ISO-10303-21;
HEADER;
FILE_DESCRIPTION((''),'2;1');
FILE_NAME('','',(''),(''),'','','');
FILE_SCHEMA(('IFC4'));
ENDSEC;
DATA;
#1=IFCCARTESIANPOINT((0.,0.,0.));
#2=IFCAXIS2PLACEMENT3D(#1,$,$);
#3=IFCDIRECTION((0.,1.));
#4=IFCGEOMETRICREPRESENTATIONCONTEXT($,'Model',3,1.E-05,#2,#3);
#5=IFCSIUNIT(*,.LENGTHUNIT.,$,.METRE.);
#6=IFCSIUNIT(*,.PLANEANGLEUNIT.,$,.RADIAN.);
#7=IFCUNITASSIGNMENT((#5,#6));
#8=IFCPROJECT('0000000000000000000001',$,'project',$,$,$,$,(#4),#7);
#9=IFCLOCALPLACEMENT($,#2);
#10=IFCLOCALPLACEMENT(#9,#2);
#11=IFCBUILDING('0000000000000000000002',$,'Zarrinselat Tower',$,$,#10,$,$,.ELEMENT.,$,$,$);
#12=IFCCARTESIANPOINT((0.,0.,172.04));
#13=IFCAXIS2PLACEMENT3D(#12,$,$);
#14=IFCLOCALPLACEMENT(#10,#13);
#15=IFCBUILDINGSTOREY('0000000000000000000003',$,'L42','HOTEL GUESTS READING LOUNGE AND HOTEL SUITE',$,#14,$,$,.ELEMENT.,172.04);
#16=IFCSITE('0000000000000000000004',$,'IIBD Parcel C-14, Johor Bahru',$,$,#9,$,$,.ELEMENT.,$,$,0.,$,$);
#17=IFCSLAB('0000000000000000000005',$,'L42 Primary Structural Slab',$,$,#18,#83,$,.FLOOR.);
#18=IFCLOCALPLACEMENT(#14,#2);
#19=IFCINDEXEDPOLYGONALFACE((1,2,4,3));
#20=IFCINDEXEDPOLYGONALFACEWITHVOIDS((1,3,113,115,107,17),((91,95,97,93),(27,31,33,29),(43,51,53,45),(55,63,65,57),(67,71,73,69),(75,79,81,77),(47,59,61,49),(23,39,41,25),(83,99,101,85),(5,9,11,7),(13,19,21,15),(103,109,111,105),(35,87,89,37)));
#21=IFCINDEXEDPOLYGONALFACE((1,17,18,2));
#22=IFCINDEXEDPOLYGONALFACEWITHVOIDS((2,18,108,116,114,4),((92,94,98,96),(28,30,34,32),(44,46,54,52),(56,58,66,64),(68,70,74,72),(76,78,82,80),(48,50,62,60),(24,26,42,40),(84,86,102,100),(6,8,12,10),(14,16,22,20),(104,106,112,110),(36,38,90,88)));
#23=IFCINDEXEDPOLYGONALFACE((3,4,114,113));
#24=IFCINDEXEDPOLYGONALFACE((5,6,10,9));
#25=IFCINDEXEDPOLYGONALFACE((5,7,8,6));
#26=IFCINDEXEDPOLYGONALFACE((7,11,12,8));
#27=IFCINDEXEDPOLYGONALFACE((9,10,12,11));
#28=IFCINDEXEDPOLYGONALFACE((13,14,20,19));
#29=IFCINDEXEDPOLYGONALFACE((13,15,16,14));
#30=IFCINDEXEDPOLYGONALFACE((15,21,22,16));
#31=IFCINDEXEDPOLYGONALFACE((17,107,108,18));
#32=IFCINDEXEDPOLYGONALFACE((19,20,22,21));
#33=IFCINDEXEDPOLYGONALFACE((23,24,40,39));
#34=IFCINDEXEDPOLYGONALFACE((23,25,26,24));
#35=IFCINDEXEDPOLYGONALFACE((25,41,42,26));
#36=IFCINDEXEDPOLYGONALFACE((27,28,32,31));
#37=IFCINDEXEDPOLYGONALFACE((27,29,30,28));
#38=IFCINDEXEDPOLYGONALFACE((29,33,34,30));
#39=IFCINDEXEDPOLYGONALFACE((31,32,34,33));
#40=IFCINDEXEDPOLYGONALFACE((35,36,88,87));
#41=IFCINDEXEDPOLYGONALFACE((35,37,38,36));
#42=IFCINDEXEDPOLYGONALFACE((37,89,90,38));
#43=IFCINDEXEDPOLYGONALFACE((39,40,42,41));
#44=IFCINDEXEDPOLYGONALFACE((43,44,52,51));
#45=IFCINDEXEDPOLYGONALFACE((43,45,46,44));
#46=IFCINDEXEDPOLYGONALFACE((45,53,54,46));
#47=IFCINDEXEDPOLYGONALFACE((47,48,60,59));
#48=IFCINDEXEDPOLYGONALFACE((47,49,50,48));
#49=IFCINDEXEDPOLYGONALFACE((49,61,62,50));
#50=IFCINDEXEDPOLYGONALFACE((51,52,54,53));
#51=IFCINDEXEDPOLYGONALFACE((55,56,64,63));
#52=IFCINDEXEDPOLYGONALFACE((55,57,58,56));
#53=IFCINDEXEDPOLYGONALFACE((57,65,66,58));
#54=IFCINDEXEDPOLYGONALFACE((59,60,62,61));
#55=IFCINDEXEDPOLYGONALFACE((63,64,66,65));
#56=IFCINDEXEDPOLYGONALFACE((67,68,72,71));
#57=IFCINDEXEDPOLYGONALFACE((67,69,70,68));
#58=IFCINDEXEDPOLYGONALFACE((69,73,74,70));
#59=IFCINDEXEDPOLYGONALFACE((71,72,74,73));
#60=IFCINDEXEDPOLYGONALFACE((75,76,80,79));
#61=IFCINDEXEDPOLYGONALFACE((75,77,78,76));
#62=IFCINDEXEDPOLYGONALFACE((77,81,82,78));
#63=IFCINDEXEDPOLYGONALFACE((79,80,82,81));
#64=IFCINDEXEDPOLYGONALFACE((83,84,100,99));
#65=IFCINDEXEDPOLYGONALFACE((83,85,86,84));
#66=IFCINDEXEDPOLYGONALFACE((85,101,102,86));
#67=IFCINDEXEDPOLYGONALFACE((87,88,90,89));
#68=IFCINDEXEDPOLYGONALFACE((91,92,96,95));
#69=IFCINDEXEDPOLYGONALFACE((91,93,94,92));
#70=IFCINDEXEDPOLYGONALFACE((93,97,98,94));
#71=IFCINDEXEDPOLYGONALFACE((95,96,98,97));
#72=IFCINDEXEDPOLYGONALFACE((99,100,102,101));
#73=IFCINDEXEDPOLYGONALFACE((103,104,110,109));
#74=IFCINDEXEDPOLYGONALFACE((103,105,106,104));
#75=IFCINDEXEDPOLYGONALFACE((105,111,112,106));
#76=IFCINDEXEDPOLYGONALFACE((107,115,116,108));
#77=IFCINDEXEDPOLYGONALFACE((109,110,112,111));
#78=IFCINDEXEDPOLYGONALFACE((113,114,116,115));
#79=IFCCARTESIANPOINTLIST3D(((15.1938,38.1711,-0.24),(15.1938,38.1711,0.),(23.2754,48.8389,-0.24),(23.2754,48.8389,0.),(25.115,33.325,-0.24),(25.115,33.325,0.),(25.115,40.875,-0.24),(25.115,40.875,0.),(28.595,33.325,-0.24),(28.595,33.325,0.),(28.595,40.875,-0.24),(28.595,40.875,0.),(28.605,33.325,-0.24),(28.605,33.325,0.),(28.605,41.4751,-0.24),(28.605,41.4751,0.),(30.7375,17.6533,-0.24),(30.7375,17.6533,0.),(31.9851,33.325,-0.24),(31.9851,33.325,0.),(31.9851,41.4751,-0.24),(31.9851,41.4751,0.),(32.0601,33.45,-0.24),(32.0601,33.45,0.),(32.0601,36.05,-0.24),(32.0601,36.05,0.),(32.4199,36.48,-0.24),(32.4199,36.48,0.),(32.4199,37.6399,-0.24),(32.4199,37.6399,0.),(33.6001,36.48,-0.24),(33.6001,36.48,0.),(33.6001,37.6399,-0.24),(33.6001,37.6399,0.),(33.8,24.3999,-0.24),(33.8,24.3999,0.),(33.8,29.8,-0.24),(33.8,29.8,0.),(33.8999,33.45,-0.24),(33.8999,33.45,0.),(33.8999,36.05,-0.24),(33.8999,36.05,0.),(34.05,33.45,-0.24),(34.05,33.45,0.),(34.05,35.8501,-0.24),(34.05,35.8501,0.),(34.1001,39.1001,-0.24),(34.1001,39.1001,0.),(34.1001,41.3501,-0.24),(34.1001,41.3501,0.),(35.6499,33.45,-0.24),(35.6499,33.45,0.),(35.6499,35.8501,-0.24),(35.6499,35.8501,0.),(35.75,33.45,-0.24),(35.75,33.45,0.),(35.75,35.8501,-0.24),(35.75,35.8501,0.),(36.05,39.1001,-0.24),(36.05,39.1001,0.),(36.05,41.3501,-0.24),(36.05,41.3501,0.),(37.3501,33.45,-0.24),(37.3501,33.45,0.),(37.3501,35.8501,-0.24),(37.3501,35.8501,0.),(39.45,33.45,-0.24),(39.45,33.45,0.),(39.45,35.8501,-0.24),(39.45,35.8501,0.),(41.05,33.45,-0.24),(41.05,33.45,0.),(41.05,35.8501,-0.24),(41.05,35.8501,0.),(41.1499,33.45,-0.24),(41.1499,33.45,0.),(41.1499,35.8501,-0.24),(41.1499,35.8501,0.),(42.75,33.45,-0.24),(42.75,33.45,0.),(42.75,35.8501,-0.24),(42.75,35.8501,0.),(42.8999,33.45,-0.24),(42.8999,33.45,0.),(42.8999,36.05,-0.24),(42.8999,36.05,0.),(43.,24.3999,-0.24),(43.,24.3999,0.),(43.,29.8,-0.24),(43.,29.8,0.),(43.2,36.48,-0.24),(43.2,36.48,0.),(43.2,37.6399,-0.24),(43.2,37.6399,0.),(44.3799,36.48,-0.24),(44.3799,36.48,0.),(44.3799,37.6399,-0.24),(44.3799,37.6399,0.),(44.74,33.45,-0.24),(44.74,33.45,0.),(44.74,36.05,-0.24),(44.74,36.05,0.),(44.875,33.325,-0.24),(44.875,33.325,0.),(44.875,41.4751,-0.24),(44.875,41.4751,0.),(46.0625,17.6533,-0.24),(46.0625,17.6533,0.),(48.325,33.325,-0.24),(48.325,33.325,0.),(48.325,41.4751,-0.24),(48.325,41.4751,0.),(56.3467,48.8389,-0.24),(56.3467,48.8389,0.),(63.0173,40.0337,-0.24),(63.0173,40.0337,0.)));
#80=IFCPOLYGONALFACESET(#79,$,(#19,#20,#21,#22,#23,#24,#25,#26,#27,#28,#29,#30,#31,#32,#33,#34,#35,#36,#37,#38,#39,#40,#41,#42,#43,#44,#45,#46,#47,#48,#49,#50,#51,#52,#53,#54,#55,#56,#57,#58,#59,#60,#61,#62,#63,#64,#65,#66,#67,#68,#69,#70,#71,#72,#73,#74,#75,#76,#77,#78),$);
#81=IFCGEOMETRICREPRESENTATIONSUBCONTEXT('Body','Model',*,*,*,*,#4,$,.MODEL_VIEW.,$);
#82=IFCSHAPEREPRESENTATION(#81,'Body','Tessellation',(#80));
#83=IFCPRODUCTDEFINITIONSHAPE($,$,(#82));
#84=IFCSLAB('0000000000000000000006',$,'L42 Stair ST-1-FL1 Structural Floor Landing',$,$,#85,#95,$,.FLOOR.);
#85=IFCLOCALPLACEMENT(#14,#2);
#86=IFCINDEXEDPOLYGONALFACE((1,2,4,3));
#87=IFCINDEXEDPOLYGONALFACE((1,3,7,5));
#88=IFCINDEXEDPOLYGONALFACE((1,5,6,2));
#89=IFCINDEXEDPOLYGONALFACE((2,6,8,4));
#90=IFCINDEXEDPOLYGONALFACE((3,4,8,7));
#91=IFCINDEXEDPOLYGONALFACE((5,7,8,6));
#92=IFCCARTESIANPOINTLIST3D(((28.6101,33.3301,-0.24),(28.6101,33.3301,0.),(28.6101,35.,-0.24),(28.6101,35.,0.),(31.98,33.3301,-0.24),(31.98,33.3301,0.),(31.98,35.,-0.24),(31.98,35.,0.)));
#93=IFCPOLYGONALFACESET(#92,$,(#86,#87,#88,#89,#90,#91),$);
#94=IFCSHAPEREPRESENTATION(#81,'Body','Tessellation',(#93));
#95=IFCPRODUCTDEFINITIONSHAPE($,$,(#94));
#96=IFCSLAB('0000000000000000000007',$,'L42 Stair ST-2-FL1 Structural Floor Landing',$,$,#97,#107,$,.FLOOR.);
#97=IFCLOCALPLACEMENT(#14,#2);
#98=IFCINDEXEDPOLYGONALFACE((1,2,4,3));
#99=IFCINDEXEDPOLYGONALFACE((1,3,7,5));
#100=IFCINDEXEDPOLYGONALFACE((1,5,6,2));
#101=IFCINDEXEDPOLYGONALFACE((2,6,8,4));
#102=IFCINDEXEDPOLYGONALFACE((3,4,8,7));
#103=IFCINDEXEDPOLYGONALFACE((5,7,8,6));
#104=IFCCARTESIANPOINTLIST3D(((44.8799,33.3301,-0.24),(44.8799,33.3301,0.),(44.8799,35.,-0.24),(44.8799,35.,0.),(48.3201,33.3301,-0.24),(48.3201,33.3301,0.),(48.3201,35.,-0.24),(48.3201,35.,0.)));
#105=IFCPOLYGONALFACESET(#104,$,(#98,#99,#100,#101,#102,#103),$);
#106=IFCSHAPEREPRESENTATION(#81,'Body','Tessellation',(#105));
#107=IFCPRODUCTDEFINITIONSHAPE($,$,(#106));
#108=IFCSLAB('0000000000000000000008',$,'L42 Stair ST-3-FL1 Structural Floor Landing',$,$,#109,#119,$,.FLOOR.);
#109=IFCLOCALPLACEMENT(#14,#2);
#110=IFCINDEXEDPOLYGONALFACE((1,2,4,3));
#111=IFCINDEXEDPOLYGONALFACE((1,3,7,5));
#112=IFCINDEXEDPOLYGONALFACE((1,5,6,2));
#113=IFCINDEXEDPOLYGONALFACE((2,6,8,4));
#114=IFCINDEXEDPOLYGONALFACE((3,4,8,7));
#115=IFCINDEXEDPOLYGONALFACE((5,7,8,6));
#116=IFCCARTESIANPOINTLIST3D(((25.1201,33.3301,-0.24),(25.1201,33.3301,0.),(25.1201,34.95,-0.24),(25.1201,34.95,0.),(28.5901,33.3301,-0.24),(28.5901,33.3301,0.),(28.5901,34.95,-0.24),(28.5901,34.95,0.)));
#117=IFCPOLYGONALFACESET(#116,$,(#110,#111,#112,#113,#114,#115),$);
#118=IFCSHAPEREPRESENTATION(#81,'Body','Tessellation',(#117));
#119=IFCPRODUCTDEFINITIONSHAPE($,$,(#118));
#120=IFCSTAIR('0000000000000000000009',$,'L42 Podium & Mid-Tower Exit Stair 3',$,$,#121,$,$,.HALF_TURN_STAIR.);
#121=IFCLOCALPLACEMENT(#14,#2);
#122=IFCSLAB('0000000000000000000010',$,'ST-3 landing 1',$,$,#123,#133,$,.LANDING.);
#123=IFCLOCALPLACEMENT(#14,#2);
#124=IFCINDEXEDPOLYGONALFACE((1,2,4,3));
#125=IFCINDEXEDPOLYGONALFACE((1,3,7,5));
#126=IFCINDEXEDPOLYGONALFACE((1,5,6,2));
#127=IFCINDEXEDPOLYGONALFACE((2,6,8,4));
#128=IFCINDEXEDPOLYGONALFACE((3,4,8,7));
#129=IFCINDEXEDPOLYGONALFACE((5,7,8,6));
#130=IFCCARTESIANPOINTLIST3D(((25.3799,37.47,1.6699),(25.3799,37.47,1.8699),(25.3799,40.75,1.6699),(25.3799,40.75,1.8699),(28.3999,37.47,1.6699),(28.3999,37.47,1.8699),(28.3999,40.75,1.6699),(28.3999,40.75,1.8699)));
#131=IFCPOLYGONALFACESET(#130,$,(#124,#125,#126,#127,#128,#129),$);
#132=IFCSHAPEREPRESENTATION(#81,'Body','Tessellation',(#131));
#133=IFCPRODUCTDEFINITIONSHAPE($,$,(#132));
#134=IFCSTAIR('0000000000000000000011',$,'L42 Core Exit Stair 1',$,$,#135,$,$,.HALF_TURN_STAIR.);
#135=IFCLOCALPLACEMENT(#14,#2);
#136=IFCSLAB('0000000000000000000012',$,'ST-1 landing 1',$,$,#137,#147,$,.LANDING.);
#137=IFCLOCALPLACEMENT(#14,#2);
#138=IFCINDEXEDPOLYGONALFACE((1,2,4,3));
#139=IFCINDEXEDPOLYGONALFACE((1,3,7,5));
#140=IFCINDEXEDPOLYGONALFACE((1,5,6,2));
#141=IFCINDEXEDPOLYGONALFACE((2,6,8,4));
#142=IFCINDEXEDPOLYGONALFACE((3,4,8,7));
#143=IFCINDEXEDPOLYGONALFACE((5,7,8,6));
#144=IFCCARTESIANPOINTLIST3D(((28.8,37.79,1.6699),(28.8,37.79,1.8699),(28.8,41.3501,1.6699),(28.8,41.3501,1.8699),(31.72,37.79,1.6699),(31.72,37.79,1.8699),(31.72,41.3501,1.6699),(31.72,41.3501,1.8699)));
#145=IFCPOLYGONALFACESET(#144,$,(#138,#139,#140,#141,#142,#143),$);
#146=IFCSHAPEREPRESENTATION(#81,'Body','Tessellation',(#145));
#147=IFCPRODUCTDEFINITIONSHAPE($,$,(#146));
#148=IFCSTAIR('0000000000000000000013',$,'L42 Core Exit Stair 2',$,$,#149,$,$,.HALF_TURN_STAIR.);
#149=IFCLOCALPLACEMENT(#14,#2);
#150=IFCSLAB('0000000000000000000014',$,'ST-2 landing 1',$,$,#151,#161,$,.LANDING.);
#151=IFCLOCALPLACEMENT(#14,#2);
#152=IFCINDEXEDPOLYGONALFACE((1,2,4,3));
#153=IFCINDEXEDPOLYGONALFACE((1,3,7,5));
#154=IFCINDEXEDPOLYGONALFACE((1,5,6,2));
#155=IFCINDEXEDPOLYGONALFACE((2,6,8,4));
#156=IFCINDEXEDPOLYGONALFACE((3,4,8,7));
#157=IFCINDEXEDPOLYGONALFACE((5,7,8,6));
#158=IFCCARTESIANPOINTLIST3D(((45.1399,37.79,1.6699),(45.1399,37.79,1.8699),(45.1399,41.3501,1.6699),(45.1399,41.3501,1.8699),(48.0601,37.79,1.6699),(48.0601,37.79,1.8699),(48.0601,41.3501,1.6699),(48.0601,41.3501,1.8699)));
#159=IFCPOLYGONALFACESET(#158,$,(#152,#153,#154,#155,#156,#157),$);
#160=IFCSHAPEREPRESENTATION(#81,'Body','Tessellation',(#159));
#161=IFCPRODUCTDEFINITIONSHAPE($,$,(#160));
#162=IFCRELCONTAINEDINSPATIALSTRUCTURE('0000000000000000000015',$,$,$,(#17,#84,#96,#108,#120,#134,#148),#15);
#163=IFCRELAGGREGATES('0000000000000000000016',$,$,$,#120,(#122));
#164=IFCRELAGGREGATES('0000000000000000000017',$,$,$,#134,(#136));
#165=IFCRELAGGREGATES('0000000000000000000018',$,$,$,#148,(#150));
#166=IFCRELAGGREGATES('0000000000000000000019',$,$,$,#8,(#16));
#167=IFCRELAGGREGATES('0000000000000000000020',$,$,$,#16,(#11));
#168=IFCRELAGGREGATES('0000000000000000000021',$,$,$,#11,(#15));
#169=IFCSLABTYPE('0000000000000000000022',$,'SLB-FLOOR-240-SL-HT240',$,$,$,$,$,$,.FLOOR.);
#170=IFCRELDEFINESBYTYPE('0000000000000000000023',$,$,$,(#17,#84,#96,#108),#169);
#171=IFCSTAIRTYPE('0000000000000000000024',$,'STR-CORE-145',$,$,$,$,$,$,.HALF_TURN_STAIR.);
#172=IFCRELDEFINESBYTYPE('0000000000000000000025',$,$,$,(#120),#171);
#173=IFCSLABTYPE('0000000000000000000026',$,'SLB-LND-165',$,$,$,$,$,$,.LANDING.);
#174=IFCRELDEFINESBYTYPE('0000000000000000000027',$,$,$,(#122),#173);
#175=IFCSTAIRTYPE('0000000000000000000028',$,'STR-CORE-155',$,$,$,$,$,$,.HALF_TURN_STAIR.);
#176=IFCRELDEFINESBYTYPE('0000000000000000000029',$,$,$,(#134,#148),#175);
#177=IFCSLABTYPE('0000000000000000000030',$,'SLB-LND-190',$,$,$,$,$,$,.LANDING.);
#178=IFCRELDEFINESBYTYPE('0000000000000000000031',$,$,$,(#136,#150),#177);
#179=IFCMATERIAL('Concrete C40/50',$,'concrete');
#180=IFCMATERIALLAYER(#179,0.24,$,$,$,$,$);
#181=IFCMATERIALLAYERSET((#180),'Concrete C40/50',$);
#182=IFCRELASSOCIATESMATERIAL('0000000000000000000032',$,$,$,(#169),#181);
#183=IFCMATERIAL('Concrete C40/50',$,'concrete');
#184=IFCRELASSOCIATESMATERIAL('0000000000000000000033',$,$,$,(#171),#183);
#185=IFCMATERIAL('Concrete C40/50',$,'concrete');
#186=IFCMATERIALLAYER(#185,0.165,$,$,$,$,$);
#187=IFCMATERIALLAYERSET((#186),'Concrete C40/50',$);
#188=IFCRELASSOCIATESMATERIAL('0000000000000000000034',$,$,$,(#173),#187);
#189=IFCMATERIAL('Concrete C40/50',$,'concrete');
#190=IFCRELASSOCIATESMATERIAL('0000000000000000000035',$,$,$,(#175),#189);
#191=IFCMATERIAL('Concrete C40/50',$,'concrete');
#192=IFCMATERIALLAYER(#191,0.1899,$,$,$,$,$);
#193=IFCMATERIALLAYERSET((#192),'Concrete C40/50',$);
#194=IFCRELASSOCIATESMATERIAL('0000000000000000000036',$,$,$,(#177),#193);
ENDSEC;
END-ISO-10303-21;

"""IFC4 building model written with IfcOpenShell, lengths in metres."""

from ifc_helpers import new_model, si_unit, direction, frame, origin, place, context, subcontext, project, spatial, polyline, outline, extrude, material, layer, layer_set, type_object, element, aggregate, save


model = new_model("IFC4")

# Units and contexts
model_context = context("Model", 3, precision=1e-05, world=origin(), true_north=direction((0.0, 1.0)))
body_context = subcontext(model_context, "Body", "Model", "MODEL_VIEW")
ifc_project = project(units=[si_unit("LENGTHUNIT", "METRE"), si_unit("PLANEANGLEUNIT", "RADIAN")], contexts=[model_context])

# Site, building, storey
site_placement = place(None, origin())
site = spatial("IfcSite", under=ifc_project, at=site_placement, Name="IIBD Parcel C-14, Johor Bahru", CompositionType="ELEMENT", RefElevation=0.0)
building_placement = place(site_placement, origin())
building = spatial("IfcBuilding", under=site, at=building_placement, Name="Zarrinselat Tower", CompositionType="ELEMENT")
storey_placement = place(building_placement, frame((0.0, 0.0, 172.04)))
storey = spatial("IfcBuildingStorey", under=building, at=storey_placement, Name="L42", Description="HOTEL GUESTS READING LOUNGE AND HOTEL SUITE", CompositionType="ELEMENT", Elevation=172.04)

# Slabs
ifc_material_1 = material(Name="Concrete C40/50", Category="concrete")
ifc_layer_1 = layer(ifc_material_1, 0.24)
ifc_layer_set_1 = layer_set([ifc_layer_1], Name="Concrete C40/50")
slab_type_1 = type_object("IfcSlabType", Name="SLB-FLOOR-240-SL-HT240", PredefinedType="FLOOR", material=ifc_layer_set_1)
slab_1_placement = place(storey_placement, frame((0.0, 0.0, -0.24)))
element("IfcSlab", 1, at=slab_1_placement, inside=storey, type_object=slab_type_1, Name="L42 Primary Structural Slab", PredefinedType="FLOOR", context=body_context, shape_type="SweptSolid", body=[
    extrude(outline(polyline([(56.3467, 48.8389), (23.2754, 48.8389), (15.1938, 38.1711), (30.7375, 17.6533), (46.0625, 17.6533), (63.0173, 40.0337), (56.3467, 48.8389)]), holes=[polyline([(35.6499, 33.45), (34.05, 33.45), (34.05, 35.8501), (35.6499, 35.8501), (35.6499, 33.45)]), polyline([(35.75, 33.45), (35.75, 35.8501), (37.3501, 35.8501), (37.3501, 33.45), (35.75, 33.45)]), polyline([(32.0601, 33.45), (32.0601, 36.05), (33.8999, 36.05), (33.8999, 33.45), (32.0601, 33.45)]), polyline([(33.6001, 36.48), (32.4199, 36.48), (32.4199, 37.6399), (33.6001, 37.6399), (33.6001, 36.48)]), polyline([(28.595, 33.325), (25.115, 33.325), (25.115, 40.875), (28.595, 40.875), (28.595, 33.325)]), polyline([(31.9851, 33.325), (28.605, 33.325), (28.605, 41.4751), (31.9851, 41.4751), (31.9851, 33.325)]), polyline([(36.05, 39.1001), (34.1001, 39.1001), (34.1001, 41.3501), (36.05, 41.3501), (36.05, 39.1001)]), polyline([(33.8, 24.3999), (33.8, 29.8), (43.0, 29.8), (43.0, 24.3999), (33.8, 24.3999)]), polyline([(39.45, 33.45), (39.45, 35.8501), (41.05, 35.8501), (41.05, 33.45), (39.45, 33.45)]), polyline([(41.1499, 33.45), (41.1499, 35.8501), (42.75, 35.8501), (42.75, 33.45), (41.1499, 33.45)]), polyline([(42.8999, 33.45), (42.8999, 36.05), (44.74, 36.05), (44.74, 33.45), (42.8999, 33.45)]), polyline([(43.2, 36.48), (43.2, 37.6399), (44.3799, 37.6399), (44.3799, 36.48), (43.2, 36.48)]), polyline([(48.325, 33.325), (44.875, 33.325), (44.875, 41.4751), (48.325, 41.4751), (48.325, 33.325)])]), origin(), (0.0, 0.0, 1.0), 0.24),
])
slab_2_placement = place(storey_placement, frame((0.0, 0.0, -0.24)))
element("IfcSlab", 2, at=slab_2_placement, inside=storey, type_object=slab_type_1, Name="L42 Stair ST-1-FL1 Structural Floor Landing", PredefinedType="FLOOR", context=body_context, shape_type="SweptSolid", body=[
    extrude(outline(polyline([(31.98, 33.3301), (31.98, 35.0), (28.6101, 35.0), (28.6101, 33.3301), (31.98, 33.3301)])), origin(), (0.0, 0.0, 1.0), 0.24),
])
slab_3_placement = place(storey_placement, frame((0.0, 0.0, -0.24)))
element("IfcSlab", 3, at=slab_3_placement, inside=storey, type_object=slab_type_1, Name="L42 Stair ST-2-FL1 Structural Floor Landing", PredefinedType="FLOOR", context=body_context, shape_type="SweptSolid", body=[
    extrude(outline(polyline([(48.3201, 33.3301), (48.3201, 35.0), (44.8799, 35.0), (44.8799, 33.3301), (48.3201, 33.3301)])), origin(), (0.0, 0.0, 1.0), 0.24),
])
slab_4_placement = place(storey_placement, frame((0.0, 0.0, -0.24)))
element("IfcSlab", 4, at=slab_4_placement, inside=storey, type_object=slab_type_1, Name="L42 Stair ST-3-FL1 Structural Floor Landing", PredefinedType="FLOOR", context=body_context, shape_type="SweptSolid", body=[
    extrude(outline(polyline([(28.5901, 33.3301), (28.5901, 34.95), (25.1201, 34.95), (25.1201, 33.3301), (28.5901, 33.3301)])), origin(), (0.0, 0.0, 1.0), 0.24),
])

# Stairs, slabs
ifc_material_2 = material(Name="Concrete C40/50", Category="concrete")
stair_type_1 = type_object("IfcStairType", Name="STR-CORE-145", PredefinedType="HALF_TURN_STAIR", material=ifc_material_2)
stair_1_placement = place(storey_placement, origin())
stair_1 = element("IfcStair", 5, at=stair_1_placement, inside=storey, type_object=stair_type_1, Name="L42 Podium & Mid-Tower Exit Stair 3", PredefinedType="HALF_TURN_STAIR")
ifc_material_3 = material(Name="Concrete C40/50", Category="concrete")
ifc_layer_2 = layer(ifc_material_3, 0.165)
ifc_layer_set_2 = layer_set([ifc_layer_2], Name="Concrete C40/50")
slab_type_2 = type_object("IfcSlabType", Name="SLB-LND-165", PredefinedType="LANDING", material=ifc_layer_set_2)
slab_5_placement = place(storey_placement, frame((0.0, 0.0, 1.6699)))
slab_5 = element("IfcSlab", 6, at=slab_5_placement, type_object=slab_type_2, Name="ST-3 landing 1", PredefinedType="LANDING", context=body_context, shape_type="SweptSolid", body=[
    extrude(outline(polyline([(28.3999, 37.47), (28.3999, 40.75), (25.3799, 40.75), (25.3799, 37.47), (28.3999, 37.47)])), origin(), (0.0, 0.0, 1.0), 0.2),
])
aggregate(stair_1, [slab_5])
ifc_material_4 = material(Name="Concrete C40/50", Category="concrete")
stair_type_2 = type_object("IfcStairType", Name="STR-CORE-155", PredefinedType="HALF_TURN_STAIR", material=ifc_material_4)
stair_2_placement = place(storey_placement, origin())
stair_2 = element("IfcStair", 7, at=stair_2_placement, inside=storey, type_object=stair_type_2, Name="L42 Core Exit Stair 1", PredefinedType="HALF_TURN_STAIR")
ifc_material_5 = material(Name="Concrete C40/50", Category="concrete")
ifc_layer_3 = layer(ifc_material_5, 0.1899)
ifc_layer_set_3 = layer_set([ifc_layer_3], Name="Concrete C40/50")
slab_type_3 = type_object("IfcSlabType", Name="SLB-LND-190", PredefinedType="LANDING", material=ifc_layer_set_3)
slab_6_placement = place(storey_placement, frame((0.0, 0.0, 1.6699)))
slab_6 = element("IfcSlab", 8, at=slab_6_placement, type_object=slab_type_3, Name="ST-1 landing 1", PredefinedType="LANDING", context=body_context, shape_type="SweptSolid", body=[
    extrude(outline(polyline([(31.72, 37.79), (31.72, 41.3501), (28.8, 41.3501), (28.8, 37.79), (31.72, 37.79)])), origin(), (0.0, 0.0, 1.0), 0.2),
])
aggregate(stair_2, [slab_6])
stair_3_placement = place(storey_placement, origin())
stair_3 = element("IfcStair", 9, at=stair_3_placement, inside=storey, type_object=stair_type_2, Name="L42 Core Exit Stair 2", PredefinedType="HALF_TURN_STAIR")
slab_7_placement = place(storey_placement, frame((0.0, 0.0, 1.6699)))
slab_7 = element("IfcSlab", 10, at=slab_7_placement, type_object=slab_type_3, Name="ST-2 landing 1", PredefinedType="LANDING", context=body_context, shape_type="SweptSolid", body=[
    extrude(outline(polyline([(48.0601, 37.79), (48.0601, 41.3501), (45.1399, 41.3501), (45.1399, 37.79), (48.0601, 37.79)])), origin(), (0.0, 0.0, 1.0), 0.2),
])
aggregate(stair_3, [slab_7])

save(model, "model.ifc")
